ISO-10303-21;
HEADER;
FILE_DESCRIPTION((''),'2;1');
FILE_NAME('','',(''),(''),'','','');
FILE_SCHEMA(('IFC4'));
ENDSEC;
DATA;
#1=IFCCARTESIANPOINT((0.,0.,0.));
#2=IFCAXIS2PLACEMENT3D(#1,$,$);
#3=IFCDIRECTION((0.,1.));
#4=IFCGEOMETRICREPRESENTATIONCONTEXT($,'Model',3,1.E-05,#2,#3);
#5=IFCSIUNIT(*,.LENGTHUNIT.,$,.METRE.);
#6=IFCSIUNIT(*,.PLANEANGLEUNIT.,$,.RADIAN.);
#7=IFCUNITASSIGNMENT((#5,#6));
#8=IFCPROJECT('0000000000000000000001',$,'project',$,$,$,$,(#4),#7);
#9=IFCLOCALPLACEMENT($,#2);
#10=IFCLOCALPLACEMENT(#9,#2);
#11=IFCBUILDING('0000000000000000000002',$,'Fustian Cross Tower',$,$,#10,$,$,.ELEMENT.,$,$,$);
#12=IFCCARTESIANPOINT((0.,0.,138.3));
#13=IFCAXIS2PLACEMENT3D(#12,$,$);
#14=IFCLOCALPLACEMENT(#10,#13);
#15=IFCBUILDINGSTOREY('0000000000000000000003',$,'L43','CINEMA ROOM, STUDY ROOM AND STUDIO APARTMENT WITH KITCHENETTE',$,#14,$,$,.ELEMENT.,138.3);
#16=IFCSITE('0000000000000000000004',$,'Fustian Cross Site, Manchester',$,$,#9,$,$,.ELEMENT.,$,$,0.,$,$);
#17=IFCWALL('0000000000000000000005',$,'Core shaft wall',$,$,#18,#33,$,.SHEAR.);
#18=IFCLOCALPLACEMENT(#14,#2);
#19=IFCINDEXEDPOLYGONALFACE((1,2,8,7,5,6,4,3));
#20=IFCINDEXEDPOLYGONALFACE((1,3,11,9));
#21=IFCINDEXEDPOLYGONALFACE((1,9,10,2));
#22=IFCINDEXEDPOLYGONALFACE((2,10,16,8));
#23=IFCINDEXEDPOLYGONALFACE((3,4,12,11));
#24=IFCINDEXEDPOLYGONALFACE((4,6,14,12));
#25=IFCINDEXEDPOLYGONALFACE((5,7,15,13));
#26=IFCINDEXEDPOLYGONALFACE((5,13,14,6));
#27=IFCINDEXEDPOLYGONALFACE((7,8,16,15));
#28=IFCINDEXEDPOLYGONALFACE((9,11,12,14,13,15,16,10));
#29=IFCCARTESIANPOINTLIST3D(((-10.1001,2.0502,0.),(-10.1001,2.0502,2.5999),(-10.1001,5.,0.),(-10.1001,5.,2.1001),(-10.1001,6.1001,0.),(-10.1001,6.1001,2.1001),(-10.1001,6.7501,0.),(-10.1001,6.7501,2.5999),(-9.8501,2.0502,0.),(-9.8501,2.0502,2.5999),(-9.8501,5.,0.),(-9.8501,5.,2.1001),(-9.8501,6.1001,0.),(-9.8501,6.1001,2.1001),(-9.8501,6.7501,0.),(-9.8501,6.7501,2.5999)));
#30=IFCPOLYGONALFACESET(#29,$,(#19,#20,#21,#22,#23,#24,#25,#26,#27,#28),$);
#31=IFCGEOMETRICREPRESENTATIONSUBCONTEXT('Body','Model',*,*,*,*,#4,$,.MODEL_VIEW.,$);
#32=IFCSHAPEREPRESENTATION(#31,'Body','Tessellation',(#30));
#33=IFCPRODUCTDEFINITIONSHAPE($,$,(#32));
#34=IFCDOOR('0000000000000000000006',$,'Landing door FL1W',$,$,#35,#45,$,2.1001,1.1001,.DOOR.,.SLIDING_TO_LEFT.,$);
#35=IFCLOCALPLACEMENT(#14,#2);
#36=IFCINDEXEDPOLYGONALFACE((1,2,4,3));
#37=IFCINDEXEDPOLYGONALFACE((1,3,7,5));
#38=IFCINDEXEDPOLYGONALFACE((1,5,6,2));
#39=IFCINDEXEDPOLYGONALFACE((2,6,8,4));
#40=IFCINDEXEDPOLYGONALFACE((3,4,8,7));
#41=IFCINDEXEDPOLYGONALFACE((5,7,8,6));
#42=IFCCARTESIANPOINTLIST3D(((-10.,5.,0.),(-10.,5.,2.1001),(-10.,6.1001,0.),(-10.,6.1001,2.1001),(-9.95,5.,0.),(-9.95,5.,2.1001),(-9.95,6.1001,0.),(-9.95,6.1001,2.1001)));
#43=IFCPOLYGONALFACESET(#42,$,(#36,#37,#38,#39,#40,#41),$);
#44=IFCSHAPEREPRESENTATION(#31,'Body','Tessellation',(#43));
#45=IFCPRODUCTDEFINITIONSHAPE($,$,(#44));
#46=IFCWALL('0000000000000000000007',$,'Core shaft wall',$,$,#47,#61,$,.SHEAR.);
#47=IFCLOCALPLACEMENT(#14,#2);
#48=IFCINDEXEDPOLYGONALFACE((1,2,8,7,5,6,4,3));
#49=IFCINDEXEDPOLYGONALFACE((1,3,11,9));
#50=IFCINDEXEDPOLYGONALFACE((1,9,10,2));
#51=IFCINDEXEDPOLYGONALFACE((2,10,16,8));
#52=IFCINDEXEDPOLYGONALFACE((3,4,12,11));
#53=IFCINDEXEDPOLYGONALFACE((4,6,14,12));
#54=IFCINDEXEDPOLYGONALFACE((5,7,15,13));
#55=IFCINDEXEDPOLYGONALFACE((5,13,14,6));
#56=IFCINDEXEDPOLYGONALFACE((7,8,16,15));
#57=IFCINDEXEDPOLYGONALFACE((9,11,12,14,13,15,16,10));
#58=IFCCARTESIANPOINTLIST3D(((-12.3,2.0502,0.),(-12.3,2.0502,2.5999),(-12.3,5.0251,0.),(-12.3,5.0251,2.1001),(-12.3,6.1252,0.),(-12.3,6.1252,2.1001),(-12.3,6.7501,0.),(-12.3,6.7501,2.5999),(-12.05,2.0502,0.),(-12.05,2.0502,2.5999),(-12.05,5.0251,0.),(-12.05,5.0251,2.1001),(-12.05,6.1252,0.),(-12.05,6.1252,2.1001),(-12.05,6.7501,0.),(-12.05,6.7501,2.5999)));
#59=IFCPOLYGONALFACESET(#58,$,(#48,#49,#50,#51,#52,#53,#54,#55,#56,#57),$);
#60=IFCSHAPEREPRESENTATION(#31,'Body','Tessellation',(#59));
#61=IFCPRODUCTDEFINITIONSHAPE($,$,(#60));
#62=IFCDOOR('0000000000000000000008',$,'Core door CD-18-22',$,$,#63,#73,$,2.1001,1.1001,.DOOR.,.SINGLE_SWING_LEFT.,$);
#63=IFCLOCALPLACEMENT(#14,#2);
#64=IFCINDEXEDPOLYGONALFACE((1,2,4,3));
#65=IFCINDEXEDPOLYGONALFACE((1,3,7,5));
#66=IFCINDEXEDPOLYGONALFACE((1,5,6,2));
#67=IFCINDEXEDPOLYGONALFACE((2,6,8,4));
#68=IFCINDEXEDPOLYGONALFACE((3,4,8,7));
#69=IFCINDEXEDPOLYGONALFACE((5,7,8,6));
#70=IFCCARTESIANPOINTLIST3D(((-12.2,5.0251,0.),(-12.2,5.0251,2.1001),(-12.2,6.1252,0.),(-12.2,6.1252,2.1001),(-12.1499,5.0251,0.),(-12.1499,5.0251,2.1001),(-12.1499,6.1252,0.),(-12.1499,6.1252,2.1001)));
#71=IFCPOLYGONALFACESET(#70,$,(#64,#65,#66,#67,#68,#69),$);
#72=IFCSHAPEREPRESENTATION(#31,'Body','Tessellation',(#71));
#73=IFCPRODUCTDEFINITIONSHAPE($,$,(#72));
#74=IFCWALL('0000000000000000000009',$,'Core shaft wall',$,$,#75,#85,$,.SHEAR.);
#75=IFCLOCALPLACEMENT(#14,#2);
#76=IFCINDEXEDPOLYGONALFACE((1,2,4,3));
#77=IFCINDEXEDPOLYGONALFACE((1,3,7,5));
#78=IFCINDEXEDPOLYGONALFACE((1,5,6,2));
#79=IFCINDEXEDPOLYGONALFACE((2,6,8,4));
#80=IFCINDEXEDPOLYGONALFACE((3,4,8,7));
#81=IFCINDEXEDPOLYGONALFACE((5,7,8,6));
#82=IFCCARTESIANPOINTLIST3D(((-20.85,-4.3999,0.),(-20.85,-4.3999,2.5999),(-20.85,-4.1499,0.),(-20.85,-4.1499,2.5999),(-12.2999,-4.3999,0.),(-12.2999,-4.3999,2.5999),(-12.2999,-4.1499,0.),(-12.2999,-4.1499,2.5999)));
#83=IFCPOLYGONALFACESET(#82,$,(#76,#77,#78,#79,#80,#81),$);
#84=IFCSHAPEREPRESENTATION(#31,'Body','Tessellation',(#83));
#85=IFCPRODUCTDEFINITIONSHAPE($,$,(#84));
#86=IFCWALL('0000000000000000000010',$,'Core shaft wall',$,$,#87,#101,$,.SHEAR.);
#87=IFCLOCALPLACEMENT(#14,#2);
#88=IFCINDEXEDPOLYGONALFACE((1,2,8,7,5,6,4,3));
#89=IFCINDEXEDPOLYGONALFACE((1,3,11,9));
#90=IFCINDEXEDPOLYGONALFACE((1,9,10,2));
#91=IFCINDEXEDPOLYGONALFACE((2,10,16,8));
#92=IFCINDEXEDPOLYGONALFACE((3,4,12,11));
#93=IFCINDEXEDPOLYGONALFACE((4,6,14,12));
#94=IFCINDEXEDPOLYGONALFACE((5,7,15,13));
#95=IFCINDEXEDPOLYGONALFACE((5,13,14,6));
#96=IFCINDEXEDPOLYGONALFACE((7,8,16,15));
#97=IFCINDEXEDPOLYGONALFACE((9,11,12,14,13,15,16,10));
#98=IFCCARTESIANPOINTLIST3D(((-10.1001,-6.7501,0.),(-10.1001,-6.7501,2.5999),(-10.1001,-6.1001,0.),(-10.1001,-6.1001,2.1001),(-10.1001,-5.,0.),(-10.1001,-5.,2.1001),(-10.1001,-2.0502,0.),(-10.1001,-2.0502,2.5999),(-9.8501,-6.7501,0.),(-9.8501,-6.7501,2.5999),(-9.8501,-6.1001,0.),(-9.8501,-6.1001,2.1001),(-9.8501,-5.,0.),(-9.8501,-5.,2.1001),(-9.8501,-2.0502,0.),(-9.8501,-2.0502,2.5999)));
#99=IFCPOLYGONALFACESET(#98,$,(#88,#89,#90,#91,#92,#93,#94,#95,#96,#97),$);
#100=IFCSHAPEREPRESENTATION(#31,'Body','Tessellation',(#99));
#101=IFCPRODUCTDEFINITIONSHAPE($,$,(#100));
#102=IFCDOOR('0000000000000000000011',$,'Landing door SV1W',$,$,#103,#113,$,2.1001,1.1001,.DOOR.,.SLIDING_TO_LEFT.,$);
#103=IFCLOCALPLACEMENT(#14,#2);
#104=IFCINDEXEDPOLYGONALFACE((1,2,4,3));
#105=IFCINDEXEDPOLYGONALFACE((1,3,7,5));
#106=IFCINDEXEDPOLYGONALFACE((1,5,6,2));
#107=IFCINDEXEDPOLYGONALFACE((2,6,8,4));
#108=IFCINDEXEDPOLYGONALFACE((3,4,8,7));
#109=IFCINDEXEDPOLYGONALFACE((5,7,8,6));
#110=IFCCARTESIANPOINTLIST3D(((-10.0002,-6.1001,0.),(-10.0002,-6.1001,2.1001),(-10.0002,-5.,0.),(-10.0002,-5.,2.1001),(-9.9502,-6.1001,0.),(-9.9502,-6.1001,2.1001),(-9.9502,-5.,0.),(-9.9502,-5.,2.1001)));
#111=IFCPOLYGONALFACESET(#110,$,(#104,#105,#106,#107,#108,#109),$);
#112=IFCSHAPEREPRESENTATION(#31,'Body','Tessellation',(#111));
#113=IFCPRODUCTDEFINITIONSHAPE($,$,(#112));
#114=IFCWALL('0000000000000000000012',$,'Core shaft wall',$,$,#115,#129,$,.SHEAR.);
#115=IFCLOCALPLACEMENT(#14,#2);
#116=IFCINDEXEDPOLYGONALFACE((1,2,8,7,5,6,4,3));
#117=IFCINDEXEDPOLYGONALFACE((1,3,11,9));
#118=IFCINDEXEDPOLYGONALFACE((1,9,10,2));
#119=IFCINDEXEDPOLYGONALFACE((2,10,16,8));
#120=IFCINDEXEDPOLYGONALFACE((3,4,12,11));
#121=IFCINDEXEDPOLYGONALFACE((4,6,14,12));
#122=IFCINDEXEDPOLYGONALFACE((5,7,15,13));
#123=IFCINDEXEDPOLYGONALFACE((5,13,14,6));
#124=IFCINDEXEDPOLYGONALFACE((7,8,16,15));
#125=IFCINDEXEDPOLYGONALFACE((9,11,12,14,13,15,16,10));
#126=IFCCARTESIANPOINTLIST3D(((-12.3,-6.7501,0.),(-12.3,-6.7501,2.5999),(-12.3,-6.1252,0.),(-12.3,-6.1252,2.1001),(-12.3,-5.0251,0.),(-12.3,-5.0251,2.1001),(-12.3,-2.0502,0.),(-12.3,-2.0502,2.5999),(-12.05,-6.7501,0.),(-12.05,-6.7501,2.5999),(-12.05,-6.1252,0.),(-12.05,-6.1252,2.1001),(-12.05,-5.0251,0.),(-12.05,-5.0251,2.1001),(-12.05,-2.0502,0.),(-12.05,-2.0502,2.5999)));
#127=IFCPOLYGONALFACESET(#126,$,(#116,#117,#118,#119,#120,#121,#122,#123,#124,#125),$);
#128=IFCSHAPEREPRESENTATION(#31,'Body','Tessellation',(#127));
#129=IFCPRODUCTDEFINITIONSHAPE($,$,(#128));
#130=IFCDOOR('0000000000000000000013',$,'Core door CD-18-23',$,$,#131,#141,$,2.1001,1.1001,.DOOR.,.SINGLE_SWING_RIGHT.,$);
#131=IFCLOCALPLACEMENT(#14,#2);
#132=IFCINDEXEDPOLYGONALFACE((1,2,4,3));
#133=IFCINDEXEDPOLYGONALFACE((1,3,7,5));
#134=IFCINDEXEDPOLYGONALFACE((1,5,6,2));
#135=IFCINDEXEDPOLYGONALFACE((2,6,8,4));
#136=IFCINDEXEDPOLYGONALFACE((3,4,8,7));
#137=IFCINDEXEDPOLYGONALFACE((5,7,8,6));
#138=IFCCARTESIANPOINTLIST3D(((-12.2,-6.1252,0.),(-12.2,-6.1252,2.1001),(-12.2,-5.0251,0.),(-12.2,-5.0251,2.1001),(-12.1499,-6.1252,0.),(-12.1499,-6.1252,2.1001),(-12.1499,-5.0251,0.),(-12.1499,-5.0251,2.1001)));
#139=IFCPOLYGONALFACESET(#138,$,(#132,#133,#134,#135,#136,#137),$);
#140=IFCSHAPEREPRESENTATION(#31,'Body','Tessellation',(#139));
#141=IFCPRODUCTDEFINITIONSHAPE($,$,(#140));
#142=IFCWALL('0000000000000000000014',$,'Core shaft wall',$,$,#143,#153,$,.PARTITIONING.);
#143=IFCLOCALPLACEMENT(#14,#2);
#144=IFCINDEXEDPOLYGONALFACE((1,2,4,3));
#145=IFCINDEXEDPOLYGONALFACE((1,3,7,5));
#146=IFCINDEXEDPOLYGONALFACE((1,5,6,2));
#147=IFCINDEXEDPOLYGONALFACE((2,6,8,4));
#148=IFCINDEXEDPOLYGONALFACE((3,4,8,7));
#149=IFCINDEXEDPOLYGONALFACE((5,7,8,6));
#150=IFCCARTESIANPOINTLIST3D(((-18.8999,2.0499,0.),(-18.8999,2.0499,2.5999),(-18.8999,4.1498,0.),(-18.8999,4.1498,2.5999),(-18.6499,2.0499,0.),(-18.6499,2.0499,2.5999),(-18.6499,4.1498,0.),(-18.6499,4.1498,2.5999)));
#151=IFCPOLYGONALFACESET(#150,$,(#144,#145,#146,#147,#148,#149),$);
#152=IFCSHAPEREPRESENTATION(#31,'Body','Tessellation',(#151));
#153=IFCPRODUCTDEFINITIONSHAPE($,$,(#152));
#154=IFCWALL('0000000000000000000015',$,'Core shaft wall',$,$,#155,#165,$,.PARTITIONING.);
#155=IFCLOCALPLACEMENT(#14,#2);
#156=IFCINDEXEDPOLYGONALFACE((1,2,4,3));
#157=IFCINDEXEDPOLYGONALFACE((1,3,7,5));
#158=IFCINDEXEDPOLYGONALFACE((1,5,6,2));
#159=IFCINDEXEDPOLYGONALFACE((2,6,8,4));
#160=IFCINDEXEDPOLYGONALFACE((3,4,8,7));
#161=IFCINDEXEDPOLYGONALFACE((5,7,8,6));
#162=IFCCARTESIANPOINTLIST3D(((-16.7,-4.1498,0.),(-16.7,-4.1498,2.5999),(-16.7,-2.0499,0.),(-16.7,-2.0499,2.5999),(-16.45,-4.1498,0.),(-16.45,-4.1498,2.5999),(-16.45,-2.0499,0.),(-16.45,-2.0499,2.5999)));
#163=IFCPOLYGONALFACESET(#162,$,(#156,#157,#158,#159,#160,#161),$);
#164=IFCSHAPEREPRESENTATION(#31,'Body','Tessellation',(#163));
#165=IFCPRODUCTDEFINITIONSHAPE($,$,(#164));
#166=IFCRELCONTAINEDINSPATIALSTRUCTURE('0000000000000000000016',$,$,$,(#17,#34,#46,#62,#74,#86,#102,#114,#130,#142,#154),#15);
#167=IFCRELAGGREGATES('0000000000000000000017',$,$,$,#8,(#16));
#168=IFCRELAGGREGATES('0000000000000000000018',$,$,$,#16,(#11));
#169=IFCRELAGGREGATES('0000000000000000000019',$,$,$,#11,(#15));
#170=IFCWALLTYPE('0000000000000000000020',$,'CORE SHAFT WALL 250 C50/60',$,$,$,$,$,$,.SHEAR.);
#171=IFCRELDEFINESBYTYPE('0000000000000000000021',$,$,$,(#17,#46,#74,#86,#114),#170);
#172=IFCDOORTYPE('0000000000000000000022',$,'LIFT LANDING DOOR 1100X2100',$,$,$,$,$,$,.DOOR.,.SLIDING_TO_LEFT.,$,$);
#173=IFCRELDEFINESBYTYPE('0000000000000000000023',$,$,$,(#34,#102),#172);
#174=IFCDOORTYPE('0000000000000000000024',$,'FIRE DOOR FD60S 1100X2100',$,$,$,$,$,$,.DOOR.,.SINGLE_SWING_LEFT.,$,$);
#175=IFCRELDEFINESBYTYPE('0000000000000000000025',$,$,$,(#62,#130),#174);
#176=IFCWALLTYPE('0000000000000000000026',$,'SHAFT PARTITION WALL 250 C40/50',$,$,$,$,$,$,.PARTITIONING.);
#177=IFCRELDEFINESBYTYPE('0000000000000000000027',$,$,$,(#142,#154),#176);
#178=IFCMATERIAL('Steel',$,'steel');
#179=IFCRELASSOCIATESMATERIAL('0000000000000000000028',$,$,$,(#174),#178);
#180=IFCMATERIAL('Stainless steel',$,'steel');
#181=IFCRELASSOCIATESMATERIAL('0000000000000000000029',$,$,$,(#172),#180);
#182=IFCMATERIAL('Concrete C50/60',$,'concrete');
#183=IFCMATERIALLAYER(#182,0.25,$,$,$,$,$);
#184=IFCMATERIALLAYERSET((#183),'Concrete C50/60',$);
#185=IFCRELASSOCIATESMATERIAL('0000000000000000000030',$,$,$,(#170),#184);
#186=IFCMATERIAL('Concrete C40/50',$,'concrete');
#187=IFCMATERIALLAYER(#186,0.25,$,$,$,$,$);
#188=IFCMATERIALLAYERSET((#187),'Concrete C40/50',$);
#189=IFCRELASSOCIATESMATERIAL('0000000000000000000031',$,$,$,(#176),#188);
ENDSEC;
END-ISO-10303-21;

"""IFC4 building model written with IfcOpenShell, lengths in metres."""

from ifc_helpers import new_model, si_unit, direction, frame, frame_2d, origin, place, context, subcontext, project, spatial, rectangle, extrude, material, layer, layer_set, type_object, element, fill, save


model = new_model("IFC4")

# Units and contexts
model_context = context("Model", 3, precision=1e-05, world=origin(), true_north=direction((0.0, 1.0)))
body_context = subcontext(model_context, "Body", "Model", "MODEL_VIEW")
ifc_project = project(units=[si_unit("LENGTHUNIT", "METRE"), si_unit("PLANEANGLEUNIT", "RADIAN")], contexts=[model_context])

# Site, building, storey
site_placement = place(None, origin())
site = spatial("IfcSite", under=ifc_project, at=site_placement, Name="Fustian Cross Site, Manchester", CompositionType="ELEMENT", RefElevation=0.0)
building_placement = place(site_placement, origin())
building = spatial("IfcBuilding", under=site, at=building_placement, Name="Fustian Cross Tower", CompositionType="ELEMENT")
storey_placement = place(building_placement, frame((0.0, 0.0, 138.3)))
storey = spatial("IfcBuildingStorey", under=building, at=storey_placement, Name="L43", Description="CINEMA ROOM, STUDY ROOM AND STUDIO APARTMENT WITH KITCHENETTE", CompositionType="ELEMENT", Elevation=138.3)

# Shared definitions
ifc_material_1 = material(Name="Steel", Category="steel")
door_type_1 = type_object("IfcDoorType", Name="FIRE DOOR FD60S 1100X2100", OperationType="SINGLE_SWING_LEFT", PredefinedType="DOOR", material=ifc_material_1)
ifc_material_2 = material(Name="Stainless steel", Category="steel")
door_type_2 = type_object("IfcDoorType", Name="LIFT LANDING DOOR 1100X2100", OperationType="SLIDING_TO_LEFT", PredefinedType="DOOR", material=ifc_material_2)

# Shared definitions
ifc_material_3 = material(Name="Concrete C50/60", Category="concrete")
ifc_layer_1 = layer(ifc_material_3, 0.25)
ifc_layer_set_1 = layer_set([ifc_layer_1], Name="Concrete C50/60")
wall_type_1 = type_object("IfcWallType", Name="CORE SHAFT WALL 250 C50/60", PredefinedType="SHEAR", material=ifc_layer_set_1)

# Walls, openings, doors
wall_1_placement = place(storey_placement, frame((-9.9751, 2.05, 0.0), z_axis=(0.0, 0.0, 1.0), x_axis=(0.0, 1.0, 0.0)))
wall_1 = element("IfcWall", 1, at=wall_1_placement, inside=storey, type_object=wall_type_1, Name="Core shaft wall", PredefinedType="SHEAR", context=body_context, shape_type="SweptSolid", body=[
    extrude(rectangle(XDim=4.7, YDim=0.25, at=frame_2d((2.3501, 0.0))), origin(), (0.0, 0.0, 1.0), 2.5999),
])
opening_1_placement = place(wall_1_placement, frame((2.95, 0.0, 0.0)))
opening_1 = element("IfcOpeningElement", 2, at=opening_1_placement, cuts=wall_1, PredefinedType="OPENING", context=body_context, shape_type="SweptSolid", body=[
    extrude(rectangle(XDim=1.1001, YDim=2.1001, at=frame_2d((0.55, 1.05))), frame((0.0, 0.135, 0.0), z_axis=(0.0, -1.0, 0.0), x_axis=(1.0, 0.0, 0.0)), (0.0, 0.0, 1.0), 0.27),
])
door_1_placement = place(opening_1_placement, origin())
door_1 = element("IfcDoor", 3, at=door_1_placement, inside=storey, type_object=door_type_2, Name="Landing door FL1W", OperationType="SLIDING_TO_LEFT", OverallHeight=2.1001, OverallWidth=1.1001, PredefinedType="DOOR", context=body_context, shape_type="SweptSolid", body=[
    extrude(rectangle(XDim=1.1001, YDim=2.1001, at=frame_2d((0.55, 1.05))), frame((0.0, 0.0249, 0.0), z_axis=(0.0, -1.0, 0.0), x_axis=(1.0, 0.0, 0.0)), (0.0, 0.0, 1.0), 0.05),
])
fill(opening_1, door_1)
wall_2_placement = place(storey_placement, frame((-12.175, 2.05, 0.0), z_axis=(0.0, 0.0, 1.0), x_axis=(0.0, 1.0, 0.0)))
wall_2 = element("IfcWall", 4, at=wall_2_placement, inside=storey, type_object=wall_type_1, Name="Core shaft wall", PredefinedType="SHEAR", context=body_context, shape_type="SweptSolid", body=[
    extrude(rectangle(XDim=4.7, YDim=0.25, at=frame_2d((2.3501, 0.0))), origin(), (0.0, 0.0, 1.0), 2.5999),
])
opening_2_placement = place(wall_2_placement, frame((2.9751, 0.0, 0.0)))
opening_2 = element("IfcOpeningElement", 5, at=opening_2_placement, cuts=wall_2, PredefinedType="OPENING", context=body_context, shape_type="SweptSolid", body=[
    extrude(rectangle(XDim=1.1001, YDim=2.1001, at=frame_2d((0.55, 1.05))), frame((0.0, 0.135, 0.0), z_axis=(0.0, -1.0, 0.0), x_axis=(1.0, 0.0, 0.0)), (0.0, 0.0, 1.0), 0.27),
])
door_2_placement = place(opening_2_placement, origin())
door_2 = element("IfcDoor", 6, at=door_2_placement, inside=storey, type_object=door_type_1, Name="Core door CD-18-22", OperationType="SINGLE_SWING_LEFT", OverallHeight=2.1001, OverallWidth=1.1001, PredefinedType="DOOR", context=body_context, shape_type="SweptSolid", body=[
    extrude(rectangle(XDim=1.1001, YDim=2.1001, at=frame_2d((0.55, 1.05))), frame((0.0, 0.0249, 0.0), z_axis=(0.0, -1.0, 0.0), x_axis=(1.0, 0.0, 0.0)), (0.0, 0.0, 1.0), 0.05),
])
fill(opening_2, door_2)

# Wall
wall_3_placement = place(storey_placement, frame((-12.3, -4.2749, 0.0), z_axis=(0.0, 0.0, 1.0), x_axis=(-1.0, 0.0, 0.0)))
element("IfcWall", 7, at=wall_3_placement, inside=storey, type_object=wall_type_1, Name="Core shaft wall", PredefinedType="SHEAR", context=body_context, shape_type="SweptSolid", body=[
    extrude(rectangle(XDim=8.55, YDim=0.25, at=frame_2d((4.2749, 0.0))), origin(), (0.0, 0.0, 1.0), 2.5999),
])

# Walls, openings, doors
wall_4_placement = place(storey_placement, frame((-9.9751, -2.05, 0.0), z_axis=(0.0, 0.0, 1.0), x_axis=(0.0, -1.0, 0.0)))
wall_4 = element("IfcWall", 8, at=wall_4_placement, inside=storey, type_object=wall_type_1, Name="Core shaft wall", PredefinedType="SHEAR", context=body_context, shape_type="SweptSolid", body=[
    extrude(rectangle(XDim=4.7, YDim=0.25, at=frame_2d((2.3501, 0.0))), origin(), (0.0, 0.0, 1.0), 2.5999),
])
opening_3_placement = place(wall_4_placement, frame((2.95, 0.0, 0.0)))
opening_3 = element("IfcOpeningElement", 9, at=opening_3_placement, cuts=wall_4, PredefinedType="OPENING", context=body_context, shape_type="SweptSolid", body=[
    extrude(rectangle(XDim=1.1001, YDim=2.1001, at=frame_2d((0.55, 1.05))), frame((0.0, 0.135, 0.0), z_axis=(0.0, -1.0, 0.0), x_axis=(1.0, 0.0, 0.0)), (0.0, 0.0, 1.0), 0.27),
])
door_3_placement = place(opening_3_placement, origin())
door_3 = element("IfcDoor", 10, at=door_3_placement, inside=storey, type_object=door_type_2, Name="Landing door SV1W", OperationType="SLIDING_TO_LEFT", OverallHeight=2.1001, OverallWidth=1.1001, PredefinedType="DOOR", context=body_context, shape_type="SweptSolid", body=[
    extrude(rectangle(XDim=1.1001, YDim=2.1001, at=frame_2d((0.55, 1.05))), frame((0.0, 0.0249, 0.0), z_axis=(0.0, -1.0, 0.0), x_axis=(1.0, 0.0, 0.0)), (0.0, 0.0, 1.0), 0.05),
])
fill(opening_3, door_3)
wall_5_placement = place(storey_placement, frame((-12.175, -2.05, 0.0), z_axis=(0.0, 0.0, 1.0), x_axis=(0.0, -1.0, 0.0)))
wall_5 = element("IfcWall", 11, at=wall_5_placement, inside=storey, type_object=wall_type_1, Name="Core shaft wall", PredefinedType="SHEAR", context=body_context, shape_type="SweptSolid", body=[
    extrude(rectangle(XDim=4.7, YDim=0.25, at=frame_2d((2.3501, 0.0))), origin(), (0.0, 0.0, 1.0), 2.5999),
])
opening_4_placement = place(wall_5_placement, frame((2.9751, 0.0, 0.0)))
opening_4 = element("IfcOpeningElement", 12, at=opening_4_placement, cuts=wall_5, PredefinedType="OPENING", context=body_context, shape_type="SweptSolid", body=[
    extrude(rectangle(XDim=1.1001, YDim=2.1001, at=frame_2d((0.55, 1.05))), frame((0.0, 0.135, 0.0), z_axis=(0.0, -1.0, 0.0), x_axis=(1.0, 0.0, 0.0)), (0.0, 0.0, 1.0), 0.27),
])
door_4_placement = place(opening_4_placement, frame((1.1001, 0.0, 0.0), z_axis=(0.0, 0.0, 1.0), x_axis=(-1.0, 0.0, 0.0)))
door_4 = element("IfcDoor", 13, at=door_4_placement, inside=storey, type_object=door_type_1, Name="Core door CD-18-23", OperationType="SINGLE_SWING_RIGHT", OverallHeight=2.1001, OverallWidth=1.1001, PredefinedType="DOOR", context=body_context, shape_type="SweptSolid", body=[
    extrude(rectangle(XDim=1.1001, YDim=2.1001, at=frame_2d((0.55, 1.05))), frame((0.0, 0.0249, 0.0), z_axis=(0.0, -1.0, 0.0), x_axis=(1.0, 0.0, 0.0)), (0.0, 0.0, 1.0), 0.05),
])
fill(opening_4, door_4)

# Walls
ifc_material_4 = material(Name="Concrete C40/50", Category="concrete")
ifc_layer_2 = layer(ifc_material_4, 0.25)
ifc_layer_set_2 = layer_set([ifc_layer_2], Name="Concrete C40/50")
wall_type_2 = type_object("IfcWallType", Name="SHAFT PARTITION WALL 250 C40/50", PredefinedType="PARTITIONING", material=ifc_layer_set_2)
for number, where, z_axis, x_axis, name in (
    (14, (-18.7749, 2.05, 0.0), (0.0, 0.0, 1.0), (0.0, 1.0, 0.0), "Core shaft wall"),
    (15, (-16.575, -2.05, 0.0), (0.0, 0.0, 1.0), (0.0, -1.0, 0.0), "Core shaft wall"),
):
    element("IfcWall", number, at=place(storey_placement, frame(where, z_axis=z_axis, x_axis=x_axis)), inside=storey, type_object=wall_type_2, Name=name, PredefinedType="PARTITIONING", context=body_context, shape_type="SweptSolid", body=[
        extrude(rectangle(XDim=2.0999, YDim=0.25, at=frame_2d((1.0498, 0.0))), origin(), (0.0, 0.0, 1.0), 2.5999),
    ])

save(model, "model.ifc")
